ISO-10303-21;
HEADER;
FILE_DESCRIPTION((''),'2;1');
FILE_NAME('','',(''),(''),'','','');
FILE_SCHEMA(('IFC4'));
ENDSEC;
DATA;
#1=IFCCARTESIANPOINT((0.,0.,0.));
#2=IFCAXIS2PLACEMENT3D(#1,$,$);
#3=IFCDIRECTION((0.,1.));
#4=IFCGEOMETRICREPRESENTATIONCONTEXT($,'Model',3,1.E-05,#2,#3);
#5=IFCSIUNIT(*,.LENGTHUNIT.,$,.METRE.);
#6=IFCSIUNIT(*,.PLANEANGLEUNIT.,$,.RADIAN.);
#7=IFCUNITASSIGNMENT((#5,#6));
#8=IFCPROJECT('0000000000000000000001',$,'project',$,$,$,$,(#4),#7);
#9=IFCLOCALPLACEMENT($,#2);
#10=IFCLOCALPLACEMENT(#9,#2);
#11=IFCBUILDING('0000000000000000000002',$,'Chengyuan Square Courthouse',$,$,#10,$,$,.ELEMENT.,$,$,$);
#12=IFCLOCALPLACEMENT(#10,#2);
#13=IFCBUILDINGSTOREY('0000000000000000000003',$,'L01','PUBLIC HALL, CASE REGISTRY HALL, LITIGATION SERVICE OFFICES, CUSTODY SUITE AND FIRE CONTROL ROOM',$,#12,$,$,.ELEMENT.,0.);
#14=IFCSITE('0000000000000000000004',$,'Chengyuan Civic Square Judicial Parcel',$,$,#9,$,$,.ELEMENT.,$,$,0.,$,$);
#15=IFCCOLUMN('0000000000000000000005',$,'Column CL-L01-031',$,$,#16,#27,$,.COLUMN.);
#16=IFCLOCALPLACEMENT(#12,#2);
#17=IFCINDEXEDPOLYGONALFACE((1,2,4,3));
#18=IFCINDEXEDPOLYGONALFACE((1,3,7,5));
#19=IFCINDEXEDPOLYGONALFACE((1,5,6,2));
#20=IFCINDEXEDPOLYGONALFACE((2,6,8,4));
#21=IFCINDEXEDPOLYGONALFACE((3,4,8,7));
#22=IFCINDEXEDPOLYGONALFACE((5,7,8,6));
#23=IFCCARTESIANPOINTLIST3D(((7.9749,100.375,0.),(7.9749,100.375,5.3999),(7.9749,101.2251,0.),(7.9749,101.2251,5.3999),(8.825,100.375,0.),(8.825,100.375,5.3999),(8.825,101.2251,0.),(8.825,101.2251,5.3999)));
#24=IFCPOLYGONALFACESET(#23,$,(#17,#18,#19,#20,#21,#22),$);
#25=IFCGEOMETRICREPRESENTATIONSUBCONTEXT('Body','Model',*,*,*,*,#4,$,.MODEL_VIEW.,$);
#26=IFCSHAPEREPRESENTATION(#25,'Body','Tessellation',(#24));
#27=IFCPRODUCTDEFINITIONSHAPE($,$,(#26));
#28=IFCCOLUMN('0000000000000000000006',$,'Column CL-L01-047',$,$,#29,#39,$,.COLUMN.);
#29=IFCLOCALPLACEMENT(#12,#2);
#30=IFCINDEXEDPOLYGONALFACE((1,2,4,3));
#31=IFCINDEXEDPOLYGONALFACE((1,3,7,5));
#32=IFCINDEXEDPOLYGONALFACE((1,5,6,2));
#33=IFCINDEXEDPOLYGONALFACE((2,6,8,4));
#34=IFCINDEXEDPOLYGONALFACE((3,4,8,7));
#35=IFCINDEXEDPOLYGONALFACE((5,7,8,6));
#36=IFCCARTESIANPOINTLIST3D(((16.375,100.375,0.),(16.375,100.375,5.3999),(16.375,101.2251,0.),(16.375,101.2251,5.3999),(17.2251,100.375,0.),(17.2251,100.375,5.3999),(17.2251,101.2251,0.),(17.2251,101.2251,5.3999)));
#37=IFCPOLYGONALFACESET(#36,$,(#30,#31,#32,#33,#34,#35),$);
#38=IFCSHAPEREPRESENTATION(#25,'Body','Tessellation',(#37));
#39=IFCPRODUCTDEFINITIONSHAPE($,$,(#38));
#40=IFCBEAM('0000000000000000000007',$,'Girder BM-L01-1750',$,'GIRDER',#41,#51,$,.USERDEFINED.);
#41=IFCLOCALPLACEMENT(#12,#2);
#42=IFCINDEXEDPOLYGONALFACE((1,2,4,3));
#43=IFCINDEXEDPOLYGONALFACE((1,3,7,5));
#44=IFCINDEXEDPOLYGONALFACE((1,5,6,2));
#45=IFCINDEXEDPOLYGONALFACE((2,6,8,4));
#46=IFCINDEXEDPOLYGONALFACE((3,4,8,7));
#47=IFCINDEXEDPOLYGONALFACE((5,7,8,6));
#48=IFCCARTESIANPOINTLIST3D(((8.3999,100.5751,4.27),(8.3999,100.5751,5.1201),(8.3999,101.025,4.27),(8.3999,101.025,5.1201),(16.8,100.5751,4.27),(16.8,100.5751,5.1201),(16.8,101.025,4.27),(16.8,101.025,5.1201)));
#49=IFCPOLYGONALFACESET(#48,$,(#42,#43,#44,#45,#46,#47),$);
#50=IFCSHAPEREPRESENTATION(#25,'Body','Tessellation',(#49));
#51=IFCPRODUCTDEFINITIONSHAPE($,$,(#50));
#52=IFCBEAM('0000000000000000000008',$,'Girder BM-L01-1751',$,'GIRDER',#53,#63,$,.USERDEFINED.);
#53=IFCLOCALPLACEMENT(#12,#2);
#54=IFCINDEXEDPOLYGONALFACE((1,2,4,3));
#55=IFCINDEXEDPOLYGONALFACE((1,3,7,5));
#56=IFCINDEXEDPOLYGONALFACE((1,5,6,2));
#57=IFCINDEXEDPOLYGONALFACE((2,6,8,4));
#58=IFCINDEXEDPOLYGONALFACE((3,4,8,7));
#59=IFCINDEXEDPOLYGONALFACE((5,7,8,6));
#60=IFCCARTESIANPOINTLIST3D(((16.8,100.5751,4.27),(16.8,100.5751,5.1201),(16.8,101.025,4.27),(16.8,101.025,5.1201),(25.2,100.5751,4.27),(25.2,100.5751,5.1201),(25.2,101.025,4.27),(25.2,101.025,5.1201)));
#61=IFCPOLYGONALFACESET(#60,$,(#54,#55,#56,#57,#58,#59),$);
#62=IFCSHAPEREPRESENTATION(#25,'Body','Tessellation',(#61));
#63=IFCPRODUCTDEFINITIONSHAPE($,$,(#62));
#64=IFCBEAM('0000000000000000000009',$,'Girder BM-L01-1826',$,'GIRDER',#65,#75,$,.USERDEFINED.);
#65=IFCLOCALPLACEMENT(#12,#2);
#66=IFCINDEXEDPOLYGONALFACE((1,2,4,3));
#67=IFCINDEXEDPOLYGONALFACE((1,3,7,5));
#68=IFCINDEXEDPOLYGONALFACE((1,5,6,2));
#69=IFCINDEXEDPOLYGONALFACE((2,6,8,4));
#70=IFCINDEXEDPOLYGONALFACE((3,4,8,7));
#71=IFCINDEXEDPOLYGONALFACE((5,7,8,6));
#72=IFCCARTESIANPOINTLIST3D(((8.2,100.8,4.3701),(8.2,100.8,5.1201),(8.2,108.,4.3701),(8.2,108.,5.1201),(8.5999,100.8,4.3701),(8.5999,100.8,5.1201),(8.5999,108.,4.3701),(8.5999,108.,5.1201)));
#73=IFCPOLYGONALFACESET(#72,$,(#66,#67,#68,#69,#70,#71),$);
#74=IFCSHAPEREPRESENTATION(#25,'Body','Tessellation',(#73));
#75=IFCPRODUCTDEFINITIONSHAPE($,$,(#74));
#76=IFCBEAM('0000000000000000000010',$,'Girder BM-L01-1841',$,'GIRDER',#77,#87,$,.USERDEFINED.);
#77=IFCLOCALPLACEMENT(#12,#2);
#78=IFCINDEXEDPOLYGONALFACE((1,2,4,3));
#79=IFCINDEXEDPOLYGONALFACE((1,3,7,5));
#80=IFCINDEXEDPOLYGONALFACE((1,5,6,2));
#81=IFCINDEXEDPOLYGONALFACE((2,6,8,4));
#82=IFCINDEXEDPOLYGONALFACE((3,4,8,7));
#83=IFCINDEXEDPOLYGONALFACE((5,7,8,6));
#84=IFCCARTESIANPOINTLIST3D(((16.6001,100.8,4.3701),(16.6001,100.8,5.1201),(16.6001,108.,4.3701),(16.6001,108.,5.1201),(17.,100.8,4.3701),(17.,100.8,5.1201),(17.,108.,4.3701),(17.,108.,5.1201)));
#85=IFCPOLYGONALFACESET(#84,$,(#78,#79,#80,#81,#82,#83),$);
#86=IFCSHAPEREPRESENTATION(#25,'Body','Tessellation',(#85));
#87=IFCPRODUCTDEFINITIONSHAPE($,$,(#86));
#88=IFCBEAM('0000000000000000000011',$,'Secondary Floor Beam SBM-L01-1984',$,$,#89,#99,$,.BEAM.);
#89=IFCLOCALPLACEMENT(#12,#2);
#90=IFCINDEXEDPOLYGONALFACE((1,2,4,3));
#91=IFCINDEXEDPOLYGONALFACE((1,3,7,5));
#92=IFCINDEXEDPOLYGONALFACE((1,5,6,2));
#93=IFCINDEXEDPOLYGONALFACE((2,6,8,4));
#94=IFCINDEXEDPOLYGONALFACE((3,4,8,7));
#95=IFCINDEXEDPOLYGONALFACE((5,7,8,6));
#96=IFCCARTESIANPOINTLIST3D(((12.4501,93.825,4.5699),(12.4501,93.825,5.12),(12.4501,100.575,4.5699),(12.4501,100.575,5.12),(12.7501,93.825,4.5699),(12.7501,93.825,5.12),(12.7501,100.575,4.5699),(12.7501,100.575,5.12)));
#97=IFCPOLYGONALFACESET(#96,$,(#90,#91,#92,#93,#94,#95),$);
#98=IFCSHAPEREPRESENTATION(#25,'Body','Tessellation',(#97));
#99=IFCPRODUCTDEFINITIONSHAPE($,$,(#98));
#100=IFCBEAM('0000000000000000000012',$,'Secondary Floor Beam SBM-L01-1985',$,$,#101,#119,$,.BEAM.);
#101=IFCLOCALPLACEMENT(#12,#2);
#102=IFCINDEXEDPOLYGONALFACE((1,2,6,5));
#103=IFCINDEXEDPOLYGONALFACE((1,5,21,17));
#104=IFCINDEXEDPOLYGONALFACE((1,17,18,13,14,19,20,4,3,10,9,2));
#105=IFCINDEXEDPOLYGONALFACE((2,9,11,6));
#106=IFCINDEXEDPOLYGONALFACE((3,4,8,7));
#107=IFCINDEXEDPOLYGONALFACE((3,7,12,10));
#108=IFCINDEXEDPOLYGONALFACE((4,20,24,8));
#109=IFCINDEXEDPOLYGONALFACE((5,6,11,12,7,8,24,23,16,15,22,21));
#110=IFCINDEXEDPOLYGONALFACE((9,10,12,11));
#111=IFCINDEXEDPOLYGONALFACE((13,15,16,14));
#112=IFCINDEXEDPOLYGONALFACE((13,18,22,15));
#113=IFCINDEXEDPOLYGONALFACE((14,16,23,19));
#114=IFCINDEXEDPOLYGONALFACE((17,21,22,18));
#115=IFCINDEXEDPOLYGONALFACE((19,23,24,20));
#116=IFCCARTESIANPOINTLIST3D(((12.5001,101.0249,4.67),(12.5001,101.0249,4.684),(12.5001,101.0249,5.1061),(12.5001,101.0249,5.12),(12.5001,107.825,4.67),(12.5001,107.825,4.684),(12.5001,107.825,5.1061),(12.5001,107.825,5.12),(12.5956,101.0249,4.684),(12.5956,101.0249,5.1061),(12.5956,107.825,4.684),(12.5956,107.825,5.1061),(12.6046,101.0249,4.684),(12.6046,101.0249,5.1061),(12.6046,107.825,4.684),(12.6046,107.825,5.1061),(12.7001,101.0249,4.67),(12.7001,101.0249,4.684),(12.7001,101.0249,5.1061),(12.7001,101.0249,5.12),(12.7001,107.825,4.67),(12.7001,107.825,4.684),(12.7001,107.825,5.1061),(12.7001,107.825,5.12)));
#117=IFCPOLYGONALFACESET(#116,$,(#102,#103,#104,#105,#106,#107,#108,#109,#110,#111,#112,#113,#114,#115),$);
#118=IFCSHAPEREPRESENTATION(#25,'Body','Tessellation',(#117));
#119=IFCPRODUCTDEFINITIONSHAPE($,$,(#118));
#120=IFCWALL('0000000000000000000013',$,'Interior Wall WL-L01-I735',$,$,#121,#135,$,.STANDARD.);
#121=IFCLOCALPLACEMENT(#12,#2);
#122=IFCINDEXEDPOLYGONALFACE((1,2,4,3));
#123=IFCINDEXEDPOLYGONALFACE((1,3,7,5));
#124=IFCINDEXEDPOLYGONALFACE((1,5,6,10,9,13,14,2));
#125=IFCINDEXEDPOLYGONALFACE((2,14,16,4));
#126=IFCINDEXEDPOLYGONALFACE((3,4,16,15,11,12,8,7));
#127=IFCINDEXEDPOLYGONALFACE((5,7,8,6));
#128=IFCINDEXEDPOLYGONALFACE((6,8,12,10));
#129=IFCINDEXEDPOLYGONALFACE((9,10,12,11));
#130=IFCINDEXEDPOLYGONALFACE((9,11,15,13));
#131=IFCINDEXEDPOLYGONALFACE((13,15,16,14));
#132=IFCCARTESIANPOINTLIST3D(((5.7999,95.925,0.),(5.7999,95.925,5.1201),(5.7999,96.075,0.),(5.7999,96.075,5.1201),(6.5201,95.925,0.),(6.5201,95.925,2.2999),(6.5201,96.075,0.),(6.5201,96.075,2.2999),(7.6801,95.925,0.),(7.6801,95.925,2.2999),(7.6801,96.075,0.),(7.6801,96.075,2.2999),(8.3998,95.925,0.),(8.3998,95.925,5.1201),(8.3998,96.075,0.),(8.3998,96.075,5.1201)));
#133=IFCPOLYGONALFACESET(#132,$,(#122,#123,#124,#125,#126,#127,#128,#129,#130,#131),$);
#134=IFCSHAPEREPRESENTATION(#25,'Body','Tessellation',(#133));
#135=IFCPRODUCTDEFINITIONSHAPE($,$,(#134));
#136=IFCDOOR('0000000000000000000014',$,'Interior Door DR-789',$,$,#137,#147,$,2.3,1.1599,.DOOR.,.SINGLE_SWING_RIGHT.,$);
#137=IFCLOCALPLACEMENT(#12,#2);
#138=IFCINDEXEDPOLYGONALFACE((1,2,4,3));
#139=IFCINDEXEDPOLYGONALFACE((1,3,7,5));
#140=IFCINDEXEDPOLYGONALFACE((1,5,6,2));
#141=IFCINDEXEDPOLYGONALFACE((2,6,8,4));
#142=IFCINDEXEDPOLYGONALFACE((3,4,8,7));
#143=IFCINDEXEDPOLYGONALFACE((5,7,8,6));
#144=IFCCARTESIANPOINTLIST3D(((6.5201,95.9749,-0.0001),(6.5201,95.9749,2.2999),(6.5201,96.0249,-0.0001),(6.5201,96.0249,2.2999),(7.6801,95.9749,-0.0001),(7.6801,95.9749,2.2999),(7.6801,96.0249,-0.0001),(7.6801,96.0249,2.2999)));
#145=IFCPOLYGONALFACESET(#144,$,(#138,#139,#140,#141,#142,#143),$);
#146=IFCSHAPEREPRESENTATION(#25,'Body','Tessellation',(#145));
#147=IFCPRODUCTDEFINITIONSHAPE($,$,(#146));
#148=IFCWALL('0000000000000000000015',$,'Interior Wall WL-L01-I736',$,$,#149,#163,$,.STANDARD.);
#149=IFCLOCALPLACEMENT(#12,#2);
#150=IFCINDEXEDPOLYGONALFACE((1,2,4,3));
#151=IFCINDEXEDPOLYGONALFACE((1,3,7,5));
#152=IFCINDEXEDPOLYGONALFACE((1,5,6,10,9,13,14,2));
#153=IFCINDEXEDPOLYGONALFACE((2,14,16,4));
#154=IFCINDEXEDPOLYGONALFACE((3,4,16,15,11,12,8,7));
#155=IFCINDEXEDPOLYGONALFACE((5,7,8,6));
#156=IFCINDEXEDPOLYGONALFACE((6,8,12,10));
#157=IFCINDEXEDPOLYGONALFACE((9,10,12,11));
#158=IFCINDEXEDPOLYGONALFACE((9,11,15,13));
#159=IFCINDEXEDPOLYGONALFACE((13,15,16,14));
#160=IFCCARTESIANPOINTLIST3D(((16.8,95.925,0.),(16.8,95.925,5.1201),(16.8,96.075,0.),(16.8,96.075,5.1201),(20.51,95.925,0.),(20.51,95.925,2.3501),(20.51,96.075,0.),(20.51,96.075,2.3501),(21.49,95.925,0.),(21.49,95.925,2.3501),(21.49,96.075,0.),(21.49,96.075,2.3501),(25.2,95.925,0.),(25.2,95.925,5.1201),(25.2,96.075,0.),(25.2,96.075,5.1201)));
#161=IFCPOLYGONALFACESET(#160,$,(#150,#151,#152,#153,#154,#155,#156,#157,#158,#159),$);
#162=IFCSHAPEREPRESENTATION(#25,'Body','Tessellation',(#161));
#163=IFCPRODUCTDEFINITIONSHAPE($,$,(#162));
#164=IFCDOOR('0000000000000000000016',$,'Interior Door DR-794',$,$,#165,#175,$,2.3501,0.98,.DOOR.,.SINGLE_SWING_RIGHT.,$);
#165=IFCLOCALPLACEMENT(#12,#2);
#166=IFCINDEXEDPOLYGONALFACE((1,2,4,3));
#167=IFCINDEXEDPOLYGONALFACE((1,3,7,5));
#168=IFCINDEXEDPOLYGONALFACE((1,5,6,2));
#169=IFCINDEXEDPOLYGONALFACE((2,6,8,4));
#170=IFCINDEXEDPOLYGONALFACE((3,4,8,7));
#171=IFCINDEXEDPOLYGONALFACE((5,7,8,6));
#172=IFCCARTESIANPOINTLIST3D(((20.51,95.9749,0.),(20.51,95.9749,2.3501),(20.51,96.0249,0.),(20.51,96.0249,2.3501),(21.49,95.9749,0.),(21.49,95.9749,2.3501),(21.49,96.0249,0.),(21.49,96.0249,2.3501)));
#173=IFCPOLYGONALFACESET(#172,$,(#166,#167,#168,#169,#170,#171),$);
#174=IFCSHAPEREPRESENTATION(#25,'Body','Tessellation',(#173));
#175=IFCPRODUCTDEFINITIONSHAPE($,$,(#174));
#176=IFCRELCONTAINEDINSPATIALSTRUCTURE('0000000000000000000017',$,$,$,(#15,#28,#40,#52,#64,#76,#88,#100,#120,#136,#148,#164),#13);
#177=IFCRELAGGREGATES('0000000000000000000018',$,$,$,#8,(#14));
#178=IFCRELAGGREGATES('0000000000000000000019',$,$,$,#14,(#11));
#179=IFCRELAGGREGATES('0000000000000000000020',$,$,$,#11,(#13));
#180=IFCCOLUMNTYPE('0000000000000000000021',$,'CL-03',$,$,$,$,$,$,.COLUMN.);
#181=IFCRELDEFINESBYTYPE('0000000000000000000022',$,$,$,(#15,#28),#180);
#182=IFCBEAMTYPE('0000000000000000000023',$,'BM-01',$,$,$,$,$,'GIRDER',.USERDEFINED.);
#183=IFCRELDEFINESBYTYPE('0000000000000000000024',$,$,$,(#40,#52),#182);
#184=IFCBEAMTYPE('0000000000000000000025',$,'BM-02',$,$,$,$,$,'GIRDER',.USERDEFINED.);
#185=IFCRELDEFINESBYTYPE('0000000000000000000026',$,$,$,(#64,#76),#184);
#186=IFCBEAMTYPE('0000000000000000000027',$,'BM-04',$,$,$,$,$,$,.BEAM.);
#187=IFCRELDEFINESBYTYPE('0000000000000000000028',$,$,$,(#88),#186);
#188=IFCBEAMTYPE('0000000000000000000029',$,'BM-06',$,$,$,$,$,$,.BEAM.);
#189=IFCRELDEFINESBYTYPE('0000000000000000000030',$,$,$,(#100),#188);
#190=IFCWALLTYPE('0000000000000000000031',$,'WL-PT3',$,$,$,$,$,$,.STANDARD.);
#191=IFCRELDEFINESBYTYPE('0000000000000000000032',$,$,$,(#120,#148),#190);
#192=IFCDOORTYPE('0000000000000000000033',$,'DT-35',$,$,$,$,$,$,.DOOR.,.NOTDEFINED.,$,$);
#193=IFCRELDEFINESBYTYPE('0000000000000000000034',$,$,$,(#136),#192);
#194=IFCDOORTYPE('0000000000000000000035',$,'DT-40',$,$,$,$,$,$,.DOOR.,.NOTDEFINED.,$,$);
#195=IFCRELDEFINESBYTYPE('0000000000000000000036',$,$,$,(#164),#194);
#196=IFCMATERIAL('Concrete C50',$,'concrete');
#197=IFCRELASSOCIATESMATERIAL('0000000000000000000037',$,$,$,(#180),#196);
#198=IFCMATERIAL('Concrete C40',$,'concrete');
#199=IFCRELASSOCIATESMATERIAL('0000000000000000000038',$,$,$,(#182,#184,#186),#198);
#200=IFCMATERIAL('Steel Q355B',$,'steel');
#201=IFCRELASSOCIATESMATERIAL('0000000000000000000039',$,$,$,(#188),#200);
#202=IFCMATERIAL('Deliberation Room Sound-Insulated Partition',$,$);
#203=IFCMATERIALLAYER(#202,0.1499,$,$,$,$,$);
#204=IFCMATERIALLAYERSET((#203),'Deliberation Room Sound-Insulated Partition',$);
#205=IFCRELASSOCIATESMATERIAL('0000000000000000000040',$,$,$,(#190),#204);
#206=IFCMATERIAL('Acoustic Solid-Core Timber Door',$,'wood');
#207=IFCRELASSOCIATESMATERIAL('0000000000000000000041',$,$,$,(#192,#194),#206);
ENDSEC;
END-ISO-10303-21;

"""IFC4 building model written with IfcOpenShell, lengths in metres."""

from ifc_helpers import new_model, si_unit, direction, frame, frame_2d, origin, origin_2d, place, context, subcontext, project, spatial, rectangle, i_section, extrude, material, layer, layer_set, material_profile, profile_set, type_object, element, fill, save


model = new_model("IFC4")

# Units and contexts
model_context = context("Model", 3, precision=1e-05, world=origin(), true_north=direction((0.0, 1.0)))
body_context = subcontext(model_context, "Body", "Model", "MODEL_VIEW")
ifc_project = project(units=[si_unit("LENGTHUNIT", "METRE"), si_unit("PLANEANGLEUNIT", "RADIAN")], contexts=[model_context])

# Site, building, storey
site_placement = place(None, origin())
site = spatial("IfcSite", under=ifc_project, at=site_placement, Name="Chengyuan Civic Square Judicial Parcel", CompositionType="ELEMENT", RefElevation=0.0)
building_placement = place(site_placement, origin())
building = spatial("IfcBuilding", under=site, at=building_placement, Name="Chengyuan Square Courthouse", CompositionType="ELEMENT")
storey_placement = place(building_placement, origin())
storey = spatial("IfcBuildingStorey", under=building, at=storey_placement, Name="L01", Description="PUBLIC HALL, CASE REGISTRY HALL, LITIGATION SERVICE OFFICES, CUSTODY SUITE AND FIRE CONTROL ROOM", CompositionType="ELEMENT", Elevation=0.0)

# Columns
ifc_material_1 = material(Name="Concrete C50", Category="concrete")
ifc_material_profile_1 = material_profile(ifc_material_1, rectangle(XDim=0.8501, YDim=0.8501, at=origin_2d()), Name="RC-COL-850x850")
ifc_profile_set_1 = profile_set([ifc_material_profile_1], Name="Concrete C50")
column_type = type_object("IfcColumnType", Name="CL-03", PredefinedType="COLUMN", material=ifc_profile_set_1)
for number, where, z_axis, x_axis, name in (
    (1, (8.3999, 100.8, 0.0), (0.0, 0.0, 1.0), (1.0, 0.0, 0.0), "Column CL-L01-031"),
    (2, (16.8, 100.8, 0.0), (0.0, 0.0, 1.0), (1.0, 0.0, 0.0), "Column CL-L01-047"),
):
    element("IfcColumn", number, at=place(storey_placement, frame(where, z_axis=z_axis, x_axis=x_axis)), inside=storey, type_object=column_type, Name=name, PredefinedType="COLUMN", context=body_context, shape_type="SweptSolid", body=[
        extrude(rectangle(XDim=0.8501, YDim=0.8501, at=origin_2d()), origin(), (0.0, 0.0, 1.0), 5.3999),
    ])

# Beams
ifc_material_2 = material(Name="Concrete C40", Category="concrete")
ifc_material_profile_2 = material_profile(ifc_material_2, rectangle(XDim=0.45, YDim=0.8501, at=origin_2d()), Name="RC-BM-450x850")
ifc_profile_set_2 = profile_set([ifc_material_profile_2], Name="Concrete C40")
beam_type_1 = type_object("IfcBeamType", Name="BM-01", ElementType="GIRDER", PredefinedType="USERDEFINED", material=ifc_profile_set_2)
beam_1_placement = place(storey_placement, frame((8.3999, 100.8, 4.6951), z_axis=(1.0, 0.0, 0.0), x_axis=(0.0, 1.0, 0.0)))
element("IfcBeam", 3, at=beam_1_placement, inside=storey, type_object=beam_type_1, Name="Girder BM-L01-1750", ObjectType="GIRDER", PredefinedType="USERDEFINED", context=body_context, shape_type="SweptSolid", body=[
    extrude(rectangle(XDim=0.45, YDim=0.8501, at=origin_2d()), origin(), (0.0, 0.0, 1.0), 8.4001),
])
beam_2_placement = place(storey_placement, frame((16.8, 100.8, 4.6951), z_axis=(1.0, 0.0, 0.0), x_axis=(0.0, 1.0, 0.0)))
element("IfcBeam", 4, at=beam_2_placement, inside=storey, type_object=beam_type_1, Name="Girder BM-L01-1751", ObjectType="GIRDER", PredefinedType="USERDEFINED", context=body_context, shape_type="SweptSolid", body=[
    extrude(rectangle(XDim=0.45, YDim=0.8501, at=origin_2d()), origin(), (0.0, 0.0, 1.0), 8.3999),
])
ifc_material_profile_3 = material_profile(ifc_material_2, rectangle(XDim=0.3999, YDim=0.75, at=origin_2d()), Name="RC-BM-400x750")
ifc_profile_set_3 = profile_set([ifc_material_profile_3], Name="Concrete C40")
beam_type_2 = type_object("IfcBeamType", Name="BM-02", ElementType="GIRDER", PredefinedType="USERDEFINED", material=ifc_profile_set_3)
for number, where, z_axis, x_axis, name in (
    (5, (8.3999, 100.8, 4.7451), (0.0, 1.0, 0.0), (-1.0, 0.0, 0.0), "Girder BM-L01-1826"),
    (6, (16.8, 100.8, 4.7451), (0.0, 1.0, 0.0), (-1.0, 0.0, 0.0), "Girder BM-L01-1841"),
):
    element("IfcBeam", number, at=place(storey_placement, frame(where, z_axis=z_axis, x_axis=x_axis)), inside=storey, type_object=beam_type_2, Name=name, ObjectType="GIRDER", PredefinedType="USERDEFINED", context=body_context, shape_type="SweptSolid", body=[
        extrude(rectangle(XDim=0.3999, YDim=0.75, at=origin_2d()), origin(), (0.0, 0.0, 1.0), 7.2),
    ])
ifc_material_profile_4 = material_profile(ifc_material_2, rectangle(XDim=0.3, YDim=0.55, at=origin_2d()), Name="RC-BM-300x550")
ifc_profile_set_4 = profile_set([ifc_material_profile_4], Name="Concrete C40")
beam_type_3 = type_object("IfcBeamType", Name="BM-04", PredefinedType="BEAM", material=ifc_profile_set_4)
beam_3_placement = place(storey_placement, frame((12.6001, 93.825, 4.845), z_axis=(0.0, 1.0, 0.0), x_axis=(-1.0, 0.0, 0.0)))
element("IfcBeam", 7, at=beam_3_placement, inside=storey, type_object=beam_type_3, Name="Secondary Floor Beam SBM-L01-1984", PredefinedType="BEAM", context=body_context, shape_type="SweptSolid", body=[
    extrude(rectangle(XDim=0.3, YDim=0.55, at=origin_2d()), origin(), (0.0, 0.0, 1.0), 6.75),
])
ifc_material_3 = material(Name="Steel Q355B", Category="steel")
ifc_material_profile_5 = material_profile(ifc_material_3, i_section(OverallWidth=0.2, OverallDepth=0.45, WebThickness=0.009, FlangeThickness=0.0139, at=origin_2d()), Name="HN 450x200x9x14")
ifc_profile_set_5 = profile_set([ifc_material_profile_5], Name="Steel Q355B")
beam_type_4 = type_object("IfcBeamType", Name="BM-06", PredefinedType="BEAM", material=ifc_profile_set_5)
beam_4_placement = place(storey_placement, frame((12.6001, 101.0249, 4.895), z_axis=(0.0, 1.0, 0.0), x_axis=(-1.0, 0.0, 0.0)))
element("IfcBeam", 8, at=beam_4_placement, inside=storey, type_object=beam_type_4, Name="Secondary Floor Beam SBM-L01-1985", PredefinedType="BEAM", context=body_context, shape_type="SweptSolid", body=[
    extrude(i_section(OverallWidth=0.2, OverallDepth=0.45, WebThickness=0.009, FlangeThickness=0.0139, at=origin_2d()), origin(), (0.0, 0.0, 1.0), 6.8),
])

# Walls, openings, doors
ifc_material_4 = material(Name="Deliberation Room Sound-Insulated Partition")
ifc_layer_1 = layer(ifc_material_4, 0.1499)
ifc_layer_set_1 = layer_set([ifc_layer_1], Name="Deliberation Room Sound-Insulated Partition")
wall_type_1 = type_object("IfcWallType", Name="WL-PT3", PredefinedType="STANDARD", material=ifc_layer_set_1)
wall_1_placement = place(storey_placement, frame((5.8, 96.0, 0.0), z_axis=(0.0, 0.0, 1.0), x_axis=(1.0, 0.0, 0.0)))
wall_1 = element("IfcWall", 9, at=wall_1_placement, inside=storey, type_object=wall_type_1, Name="Interior Wall WL-L01-I735", PredefinedType="STANDARD", context=body_context, shape_type="SweptSolid", body=[
    extrude(rectangle(XDim=2.5999, YDim=0.1499, at=frame_2d((1.2998, 0.0))), origin(), (0.0, 0.0, 1.0), 5.1201),
])
opening_1_placement = place(wall_1_placement, frame((0.72, 0.0, 0.0)))
opening_1 = element("IfcOpeningElement", 10, at=opening_1_placement, cuts=wall_1, PredefinedType="OPENING", context=body_context, shape_type="SweptSolid", body=[
    extrude(rectangle(XDim=1.1599, YDim=2.3, at=frame_2d((0.5801, 1.1499))), frame((0.0, 0.0869, 0.0), z_axis=(0.0, -1.0, 0.0), x_axis=(1.0, 0.0, 0.0)), (0.0, 0.0, 1.0), 0.1738),
])
ifc_material_5 = material(Name="Acoustic Solid-Core Timber Door", Category="wood")
door_type_1 = type_object("IfcDoorType", Name="DT-35", OperationType="NOTDEFINED", PredefinedType="DOOR", material=ifc_material_5)
door_1_placement = place(opening_1_placement, origin())
door_1 = element("IfcDoor", 11, at=door_1_placement, inside=storey, type_object=door_type_1, Name="Interior Door DR-789", OperationType="SINGLE_SWING_RIGHT", OverallHeight=2.3, OverallWidth=1.1599, PredefinedType="DOOR", context=body_context, shape_type="SweptSolid", body=[
    extrude(rectangle(XDim=1.1599, YDim=2.3, at=frame_2d((0.5801, 1.1499))), frame((0.0, 0.0249, 0.0), z_axis=(0.0, -1.0, 0.0), x_axis=(1.0, 0.0, 0.0)), (0.0, 0.0, 1.0), 0.05),
])
fill(opening_1, door_1)
wall_2_placement = place(storey_placement, frame((16.8, 96.0, 0.0), z_axis=(0.0, 0.0, 1.0), x_axis=(1.0, 0.0, 0.0)))
wall_2 = element("IfcWall", 12, at=wall_2_placement, inside=storey, type_object=wall_type_1, Name="Interior Wall WL-L01-I736", PredefinedType="STANDARD", context=body_context, shape_type="SweptSolid", body=[
    extrude(rectangle(XDim=8.3999, YDim=0.1499, at=frame_2d((4.2, 0.0))), origin(), (0.0, 0.0, 1.0), 5.1201),
])
opening_2_placement = place(wall_2_placement, frame((3.71, 0.0, 0.0)))
opening_2 = element("IfcOpeningElement", 13, at=opening_2_placement, cuts=wall_2, PredefinedType="OPENING", context=body_context, shape_type="SweptSolid", body=[
    extrude(rectangle(XDim=0.98, YDim=2.3501, at=frame_2d((0.49, 1.175))), frame((0.0, 0.0869, 0.0), z_axis=(0.0, -1.0, 0.0), x_axis=(1.0, 0.0, 0.0)), (0.0, 0.0, 1.0), 0.1738),
])
door_type_2 = type_object("IfcDoorType", Name="DT-40", OperationType="NOTDEFINED", PredefinedType="DOOR", material=ifc_material_5)
door_2_placement = place(opening_2_placement, origin())
door_2 = element("IfcDoor", 14, at=door_2_placement, inside=storey, type_object=door_type_2, Name="Interior Door DR-794", OperationType="SINGLE_SWING_RIGHT", OverallHeight=2.3501, OverallWidth=0.98, PredefinedType="DOOR", context=body_context, shape_type="SweptSolid", body=[
    extrude(rectangle(XDim=0.98, YDim=2.3501, at=frame_2d((0.49, 1.175))), frame((0.0, 0.0249, 0.0), z_axis=(0.0, -1.0, 0.0), x_axis=(1.0, 0.0, 0.0)), (0.0, 0.0, 1.0), 0.05),
])
fill(opening_2, door_2)

save(model, "model.ifc")
